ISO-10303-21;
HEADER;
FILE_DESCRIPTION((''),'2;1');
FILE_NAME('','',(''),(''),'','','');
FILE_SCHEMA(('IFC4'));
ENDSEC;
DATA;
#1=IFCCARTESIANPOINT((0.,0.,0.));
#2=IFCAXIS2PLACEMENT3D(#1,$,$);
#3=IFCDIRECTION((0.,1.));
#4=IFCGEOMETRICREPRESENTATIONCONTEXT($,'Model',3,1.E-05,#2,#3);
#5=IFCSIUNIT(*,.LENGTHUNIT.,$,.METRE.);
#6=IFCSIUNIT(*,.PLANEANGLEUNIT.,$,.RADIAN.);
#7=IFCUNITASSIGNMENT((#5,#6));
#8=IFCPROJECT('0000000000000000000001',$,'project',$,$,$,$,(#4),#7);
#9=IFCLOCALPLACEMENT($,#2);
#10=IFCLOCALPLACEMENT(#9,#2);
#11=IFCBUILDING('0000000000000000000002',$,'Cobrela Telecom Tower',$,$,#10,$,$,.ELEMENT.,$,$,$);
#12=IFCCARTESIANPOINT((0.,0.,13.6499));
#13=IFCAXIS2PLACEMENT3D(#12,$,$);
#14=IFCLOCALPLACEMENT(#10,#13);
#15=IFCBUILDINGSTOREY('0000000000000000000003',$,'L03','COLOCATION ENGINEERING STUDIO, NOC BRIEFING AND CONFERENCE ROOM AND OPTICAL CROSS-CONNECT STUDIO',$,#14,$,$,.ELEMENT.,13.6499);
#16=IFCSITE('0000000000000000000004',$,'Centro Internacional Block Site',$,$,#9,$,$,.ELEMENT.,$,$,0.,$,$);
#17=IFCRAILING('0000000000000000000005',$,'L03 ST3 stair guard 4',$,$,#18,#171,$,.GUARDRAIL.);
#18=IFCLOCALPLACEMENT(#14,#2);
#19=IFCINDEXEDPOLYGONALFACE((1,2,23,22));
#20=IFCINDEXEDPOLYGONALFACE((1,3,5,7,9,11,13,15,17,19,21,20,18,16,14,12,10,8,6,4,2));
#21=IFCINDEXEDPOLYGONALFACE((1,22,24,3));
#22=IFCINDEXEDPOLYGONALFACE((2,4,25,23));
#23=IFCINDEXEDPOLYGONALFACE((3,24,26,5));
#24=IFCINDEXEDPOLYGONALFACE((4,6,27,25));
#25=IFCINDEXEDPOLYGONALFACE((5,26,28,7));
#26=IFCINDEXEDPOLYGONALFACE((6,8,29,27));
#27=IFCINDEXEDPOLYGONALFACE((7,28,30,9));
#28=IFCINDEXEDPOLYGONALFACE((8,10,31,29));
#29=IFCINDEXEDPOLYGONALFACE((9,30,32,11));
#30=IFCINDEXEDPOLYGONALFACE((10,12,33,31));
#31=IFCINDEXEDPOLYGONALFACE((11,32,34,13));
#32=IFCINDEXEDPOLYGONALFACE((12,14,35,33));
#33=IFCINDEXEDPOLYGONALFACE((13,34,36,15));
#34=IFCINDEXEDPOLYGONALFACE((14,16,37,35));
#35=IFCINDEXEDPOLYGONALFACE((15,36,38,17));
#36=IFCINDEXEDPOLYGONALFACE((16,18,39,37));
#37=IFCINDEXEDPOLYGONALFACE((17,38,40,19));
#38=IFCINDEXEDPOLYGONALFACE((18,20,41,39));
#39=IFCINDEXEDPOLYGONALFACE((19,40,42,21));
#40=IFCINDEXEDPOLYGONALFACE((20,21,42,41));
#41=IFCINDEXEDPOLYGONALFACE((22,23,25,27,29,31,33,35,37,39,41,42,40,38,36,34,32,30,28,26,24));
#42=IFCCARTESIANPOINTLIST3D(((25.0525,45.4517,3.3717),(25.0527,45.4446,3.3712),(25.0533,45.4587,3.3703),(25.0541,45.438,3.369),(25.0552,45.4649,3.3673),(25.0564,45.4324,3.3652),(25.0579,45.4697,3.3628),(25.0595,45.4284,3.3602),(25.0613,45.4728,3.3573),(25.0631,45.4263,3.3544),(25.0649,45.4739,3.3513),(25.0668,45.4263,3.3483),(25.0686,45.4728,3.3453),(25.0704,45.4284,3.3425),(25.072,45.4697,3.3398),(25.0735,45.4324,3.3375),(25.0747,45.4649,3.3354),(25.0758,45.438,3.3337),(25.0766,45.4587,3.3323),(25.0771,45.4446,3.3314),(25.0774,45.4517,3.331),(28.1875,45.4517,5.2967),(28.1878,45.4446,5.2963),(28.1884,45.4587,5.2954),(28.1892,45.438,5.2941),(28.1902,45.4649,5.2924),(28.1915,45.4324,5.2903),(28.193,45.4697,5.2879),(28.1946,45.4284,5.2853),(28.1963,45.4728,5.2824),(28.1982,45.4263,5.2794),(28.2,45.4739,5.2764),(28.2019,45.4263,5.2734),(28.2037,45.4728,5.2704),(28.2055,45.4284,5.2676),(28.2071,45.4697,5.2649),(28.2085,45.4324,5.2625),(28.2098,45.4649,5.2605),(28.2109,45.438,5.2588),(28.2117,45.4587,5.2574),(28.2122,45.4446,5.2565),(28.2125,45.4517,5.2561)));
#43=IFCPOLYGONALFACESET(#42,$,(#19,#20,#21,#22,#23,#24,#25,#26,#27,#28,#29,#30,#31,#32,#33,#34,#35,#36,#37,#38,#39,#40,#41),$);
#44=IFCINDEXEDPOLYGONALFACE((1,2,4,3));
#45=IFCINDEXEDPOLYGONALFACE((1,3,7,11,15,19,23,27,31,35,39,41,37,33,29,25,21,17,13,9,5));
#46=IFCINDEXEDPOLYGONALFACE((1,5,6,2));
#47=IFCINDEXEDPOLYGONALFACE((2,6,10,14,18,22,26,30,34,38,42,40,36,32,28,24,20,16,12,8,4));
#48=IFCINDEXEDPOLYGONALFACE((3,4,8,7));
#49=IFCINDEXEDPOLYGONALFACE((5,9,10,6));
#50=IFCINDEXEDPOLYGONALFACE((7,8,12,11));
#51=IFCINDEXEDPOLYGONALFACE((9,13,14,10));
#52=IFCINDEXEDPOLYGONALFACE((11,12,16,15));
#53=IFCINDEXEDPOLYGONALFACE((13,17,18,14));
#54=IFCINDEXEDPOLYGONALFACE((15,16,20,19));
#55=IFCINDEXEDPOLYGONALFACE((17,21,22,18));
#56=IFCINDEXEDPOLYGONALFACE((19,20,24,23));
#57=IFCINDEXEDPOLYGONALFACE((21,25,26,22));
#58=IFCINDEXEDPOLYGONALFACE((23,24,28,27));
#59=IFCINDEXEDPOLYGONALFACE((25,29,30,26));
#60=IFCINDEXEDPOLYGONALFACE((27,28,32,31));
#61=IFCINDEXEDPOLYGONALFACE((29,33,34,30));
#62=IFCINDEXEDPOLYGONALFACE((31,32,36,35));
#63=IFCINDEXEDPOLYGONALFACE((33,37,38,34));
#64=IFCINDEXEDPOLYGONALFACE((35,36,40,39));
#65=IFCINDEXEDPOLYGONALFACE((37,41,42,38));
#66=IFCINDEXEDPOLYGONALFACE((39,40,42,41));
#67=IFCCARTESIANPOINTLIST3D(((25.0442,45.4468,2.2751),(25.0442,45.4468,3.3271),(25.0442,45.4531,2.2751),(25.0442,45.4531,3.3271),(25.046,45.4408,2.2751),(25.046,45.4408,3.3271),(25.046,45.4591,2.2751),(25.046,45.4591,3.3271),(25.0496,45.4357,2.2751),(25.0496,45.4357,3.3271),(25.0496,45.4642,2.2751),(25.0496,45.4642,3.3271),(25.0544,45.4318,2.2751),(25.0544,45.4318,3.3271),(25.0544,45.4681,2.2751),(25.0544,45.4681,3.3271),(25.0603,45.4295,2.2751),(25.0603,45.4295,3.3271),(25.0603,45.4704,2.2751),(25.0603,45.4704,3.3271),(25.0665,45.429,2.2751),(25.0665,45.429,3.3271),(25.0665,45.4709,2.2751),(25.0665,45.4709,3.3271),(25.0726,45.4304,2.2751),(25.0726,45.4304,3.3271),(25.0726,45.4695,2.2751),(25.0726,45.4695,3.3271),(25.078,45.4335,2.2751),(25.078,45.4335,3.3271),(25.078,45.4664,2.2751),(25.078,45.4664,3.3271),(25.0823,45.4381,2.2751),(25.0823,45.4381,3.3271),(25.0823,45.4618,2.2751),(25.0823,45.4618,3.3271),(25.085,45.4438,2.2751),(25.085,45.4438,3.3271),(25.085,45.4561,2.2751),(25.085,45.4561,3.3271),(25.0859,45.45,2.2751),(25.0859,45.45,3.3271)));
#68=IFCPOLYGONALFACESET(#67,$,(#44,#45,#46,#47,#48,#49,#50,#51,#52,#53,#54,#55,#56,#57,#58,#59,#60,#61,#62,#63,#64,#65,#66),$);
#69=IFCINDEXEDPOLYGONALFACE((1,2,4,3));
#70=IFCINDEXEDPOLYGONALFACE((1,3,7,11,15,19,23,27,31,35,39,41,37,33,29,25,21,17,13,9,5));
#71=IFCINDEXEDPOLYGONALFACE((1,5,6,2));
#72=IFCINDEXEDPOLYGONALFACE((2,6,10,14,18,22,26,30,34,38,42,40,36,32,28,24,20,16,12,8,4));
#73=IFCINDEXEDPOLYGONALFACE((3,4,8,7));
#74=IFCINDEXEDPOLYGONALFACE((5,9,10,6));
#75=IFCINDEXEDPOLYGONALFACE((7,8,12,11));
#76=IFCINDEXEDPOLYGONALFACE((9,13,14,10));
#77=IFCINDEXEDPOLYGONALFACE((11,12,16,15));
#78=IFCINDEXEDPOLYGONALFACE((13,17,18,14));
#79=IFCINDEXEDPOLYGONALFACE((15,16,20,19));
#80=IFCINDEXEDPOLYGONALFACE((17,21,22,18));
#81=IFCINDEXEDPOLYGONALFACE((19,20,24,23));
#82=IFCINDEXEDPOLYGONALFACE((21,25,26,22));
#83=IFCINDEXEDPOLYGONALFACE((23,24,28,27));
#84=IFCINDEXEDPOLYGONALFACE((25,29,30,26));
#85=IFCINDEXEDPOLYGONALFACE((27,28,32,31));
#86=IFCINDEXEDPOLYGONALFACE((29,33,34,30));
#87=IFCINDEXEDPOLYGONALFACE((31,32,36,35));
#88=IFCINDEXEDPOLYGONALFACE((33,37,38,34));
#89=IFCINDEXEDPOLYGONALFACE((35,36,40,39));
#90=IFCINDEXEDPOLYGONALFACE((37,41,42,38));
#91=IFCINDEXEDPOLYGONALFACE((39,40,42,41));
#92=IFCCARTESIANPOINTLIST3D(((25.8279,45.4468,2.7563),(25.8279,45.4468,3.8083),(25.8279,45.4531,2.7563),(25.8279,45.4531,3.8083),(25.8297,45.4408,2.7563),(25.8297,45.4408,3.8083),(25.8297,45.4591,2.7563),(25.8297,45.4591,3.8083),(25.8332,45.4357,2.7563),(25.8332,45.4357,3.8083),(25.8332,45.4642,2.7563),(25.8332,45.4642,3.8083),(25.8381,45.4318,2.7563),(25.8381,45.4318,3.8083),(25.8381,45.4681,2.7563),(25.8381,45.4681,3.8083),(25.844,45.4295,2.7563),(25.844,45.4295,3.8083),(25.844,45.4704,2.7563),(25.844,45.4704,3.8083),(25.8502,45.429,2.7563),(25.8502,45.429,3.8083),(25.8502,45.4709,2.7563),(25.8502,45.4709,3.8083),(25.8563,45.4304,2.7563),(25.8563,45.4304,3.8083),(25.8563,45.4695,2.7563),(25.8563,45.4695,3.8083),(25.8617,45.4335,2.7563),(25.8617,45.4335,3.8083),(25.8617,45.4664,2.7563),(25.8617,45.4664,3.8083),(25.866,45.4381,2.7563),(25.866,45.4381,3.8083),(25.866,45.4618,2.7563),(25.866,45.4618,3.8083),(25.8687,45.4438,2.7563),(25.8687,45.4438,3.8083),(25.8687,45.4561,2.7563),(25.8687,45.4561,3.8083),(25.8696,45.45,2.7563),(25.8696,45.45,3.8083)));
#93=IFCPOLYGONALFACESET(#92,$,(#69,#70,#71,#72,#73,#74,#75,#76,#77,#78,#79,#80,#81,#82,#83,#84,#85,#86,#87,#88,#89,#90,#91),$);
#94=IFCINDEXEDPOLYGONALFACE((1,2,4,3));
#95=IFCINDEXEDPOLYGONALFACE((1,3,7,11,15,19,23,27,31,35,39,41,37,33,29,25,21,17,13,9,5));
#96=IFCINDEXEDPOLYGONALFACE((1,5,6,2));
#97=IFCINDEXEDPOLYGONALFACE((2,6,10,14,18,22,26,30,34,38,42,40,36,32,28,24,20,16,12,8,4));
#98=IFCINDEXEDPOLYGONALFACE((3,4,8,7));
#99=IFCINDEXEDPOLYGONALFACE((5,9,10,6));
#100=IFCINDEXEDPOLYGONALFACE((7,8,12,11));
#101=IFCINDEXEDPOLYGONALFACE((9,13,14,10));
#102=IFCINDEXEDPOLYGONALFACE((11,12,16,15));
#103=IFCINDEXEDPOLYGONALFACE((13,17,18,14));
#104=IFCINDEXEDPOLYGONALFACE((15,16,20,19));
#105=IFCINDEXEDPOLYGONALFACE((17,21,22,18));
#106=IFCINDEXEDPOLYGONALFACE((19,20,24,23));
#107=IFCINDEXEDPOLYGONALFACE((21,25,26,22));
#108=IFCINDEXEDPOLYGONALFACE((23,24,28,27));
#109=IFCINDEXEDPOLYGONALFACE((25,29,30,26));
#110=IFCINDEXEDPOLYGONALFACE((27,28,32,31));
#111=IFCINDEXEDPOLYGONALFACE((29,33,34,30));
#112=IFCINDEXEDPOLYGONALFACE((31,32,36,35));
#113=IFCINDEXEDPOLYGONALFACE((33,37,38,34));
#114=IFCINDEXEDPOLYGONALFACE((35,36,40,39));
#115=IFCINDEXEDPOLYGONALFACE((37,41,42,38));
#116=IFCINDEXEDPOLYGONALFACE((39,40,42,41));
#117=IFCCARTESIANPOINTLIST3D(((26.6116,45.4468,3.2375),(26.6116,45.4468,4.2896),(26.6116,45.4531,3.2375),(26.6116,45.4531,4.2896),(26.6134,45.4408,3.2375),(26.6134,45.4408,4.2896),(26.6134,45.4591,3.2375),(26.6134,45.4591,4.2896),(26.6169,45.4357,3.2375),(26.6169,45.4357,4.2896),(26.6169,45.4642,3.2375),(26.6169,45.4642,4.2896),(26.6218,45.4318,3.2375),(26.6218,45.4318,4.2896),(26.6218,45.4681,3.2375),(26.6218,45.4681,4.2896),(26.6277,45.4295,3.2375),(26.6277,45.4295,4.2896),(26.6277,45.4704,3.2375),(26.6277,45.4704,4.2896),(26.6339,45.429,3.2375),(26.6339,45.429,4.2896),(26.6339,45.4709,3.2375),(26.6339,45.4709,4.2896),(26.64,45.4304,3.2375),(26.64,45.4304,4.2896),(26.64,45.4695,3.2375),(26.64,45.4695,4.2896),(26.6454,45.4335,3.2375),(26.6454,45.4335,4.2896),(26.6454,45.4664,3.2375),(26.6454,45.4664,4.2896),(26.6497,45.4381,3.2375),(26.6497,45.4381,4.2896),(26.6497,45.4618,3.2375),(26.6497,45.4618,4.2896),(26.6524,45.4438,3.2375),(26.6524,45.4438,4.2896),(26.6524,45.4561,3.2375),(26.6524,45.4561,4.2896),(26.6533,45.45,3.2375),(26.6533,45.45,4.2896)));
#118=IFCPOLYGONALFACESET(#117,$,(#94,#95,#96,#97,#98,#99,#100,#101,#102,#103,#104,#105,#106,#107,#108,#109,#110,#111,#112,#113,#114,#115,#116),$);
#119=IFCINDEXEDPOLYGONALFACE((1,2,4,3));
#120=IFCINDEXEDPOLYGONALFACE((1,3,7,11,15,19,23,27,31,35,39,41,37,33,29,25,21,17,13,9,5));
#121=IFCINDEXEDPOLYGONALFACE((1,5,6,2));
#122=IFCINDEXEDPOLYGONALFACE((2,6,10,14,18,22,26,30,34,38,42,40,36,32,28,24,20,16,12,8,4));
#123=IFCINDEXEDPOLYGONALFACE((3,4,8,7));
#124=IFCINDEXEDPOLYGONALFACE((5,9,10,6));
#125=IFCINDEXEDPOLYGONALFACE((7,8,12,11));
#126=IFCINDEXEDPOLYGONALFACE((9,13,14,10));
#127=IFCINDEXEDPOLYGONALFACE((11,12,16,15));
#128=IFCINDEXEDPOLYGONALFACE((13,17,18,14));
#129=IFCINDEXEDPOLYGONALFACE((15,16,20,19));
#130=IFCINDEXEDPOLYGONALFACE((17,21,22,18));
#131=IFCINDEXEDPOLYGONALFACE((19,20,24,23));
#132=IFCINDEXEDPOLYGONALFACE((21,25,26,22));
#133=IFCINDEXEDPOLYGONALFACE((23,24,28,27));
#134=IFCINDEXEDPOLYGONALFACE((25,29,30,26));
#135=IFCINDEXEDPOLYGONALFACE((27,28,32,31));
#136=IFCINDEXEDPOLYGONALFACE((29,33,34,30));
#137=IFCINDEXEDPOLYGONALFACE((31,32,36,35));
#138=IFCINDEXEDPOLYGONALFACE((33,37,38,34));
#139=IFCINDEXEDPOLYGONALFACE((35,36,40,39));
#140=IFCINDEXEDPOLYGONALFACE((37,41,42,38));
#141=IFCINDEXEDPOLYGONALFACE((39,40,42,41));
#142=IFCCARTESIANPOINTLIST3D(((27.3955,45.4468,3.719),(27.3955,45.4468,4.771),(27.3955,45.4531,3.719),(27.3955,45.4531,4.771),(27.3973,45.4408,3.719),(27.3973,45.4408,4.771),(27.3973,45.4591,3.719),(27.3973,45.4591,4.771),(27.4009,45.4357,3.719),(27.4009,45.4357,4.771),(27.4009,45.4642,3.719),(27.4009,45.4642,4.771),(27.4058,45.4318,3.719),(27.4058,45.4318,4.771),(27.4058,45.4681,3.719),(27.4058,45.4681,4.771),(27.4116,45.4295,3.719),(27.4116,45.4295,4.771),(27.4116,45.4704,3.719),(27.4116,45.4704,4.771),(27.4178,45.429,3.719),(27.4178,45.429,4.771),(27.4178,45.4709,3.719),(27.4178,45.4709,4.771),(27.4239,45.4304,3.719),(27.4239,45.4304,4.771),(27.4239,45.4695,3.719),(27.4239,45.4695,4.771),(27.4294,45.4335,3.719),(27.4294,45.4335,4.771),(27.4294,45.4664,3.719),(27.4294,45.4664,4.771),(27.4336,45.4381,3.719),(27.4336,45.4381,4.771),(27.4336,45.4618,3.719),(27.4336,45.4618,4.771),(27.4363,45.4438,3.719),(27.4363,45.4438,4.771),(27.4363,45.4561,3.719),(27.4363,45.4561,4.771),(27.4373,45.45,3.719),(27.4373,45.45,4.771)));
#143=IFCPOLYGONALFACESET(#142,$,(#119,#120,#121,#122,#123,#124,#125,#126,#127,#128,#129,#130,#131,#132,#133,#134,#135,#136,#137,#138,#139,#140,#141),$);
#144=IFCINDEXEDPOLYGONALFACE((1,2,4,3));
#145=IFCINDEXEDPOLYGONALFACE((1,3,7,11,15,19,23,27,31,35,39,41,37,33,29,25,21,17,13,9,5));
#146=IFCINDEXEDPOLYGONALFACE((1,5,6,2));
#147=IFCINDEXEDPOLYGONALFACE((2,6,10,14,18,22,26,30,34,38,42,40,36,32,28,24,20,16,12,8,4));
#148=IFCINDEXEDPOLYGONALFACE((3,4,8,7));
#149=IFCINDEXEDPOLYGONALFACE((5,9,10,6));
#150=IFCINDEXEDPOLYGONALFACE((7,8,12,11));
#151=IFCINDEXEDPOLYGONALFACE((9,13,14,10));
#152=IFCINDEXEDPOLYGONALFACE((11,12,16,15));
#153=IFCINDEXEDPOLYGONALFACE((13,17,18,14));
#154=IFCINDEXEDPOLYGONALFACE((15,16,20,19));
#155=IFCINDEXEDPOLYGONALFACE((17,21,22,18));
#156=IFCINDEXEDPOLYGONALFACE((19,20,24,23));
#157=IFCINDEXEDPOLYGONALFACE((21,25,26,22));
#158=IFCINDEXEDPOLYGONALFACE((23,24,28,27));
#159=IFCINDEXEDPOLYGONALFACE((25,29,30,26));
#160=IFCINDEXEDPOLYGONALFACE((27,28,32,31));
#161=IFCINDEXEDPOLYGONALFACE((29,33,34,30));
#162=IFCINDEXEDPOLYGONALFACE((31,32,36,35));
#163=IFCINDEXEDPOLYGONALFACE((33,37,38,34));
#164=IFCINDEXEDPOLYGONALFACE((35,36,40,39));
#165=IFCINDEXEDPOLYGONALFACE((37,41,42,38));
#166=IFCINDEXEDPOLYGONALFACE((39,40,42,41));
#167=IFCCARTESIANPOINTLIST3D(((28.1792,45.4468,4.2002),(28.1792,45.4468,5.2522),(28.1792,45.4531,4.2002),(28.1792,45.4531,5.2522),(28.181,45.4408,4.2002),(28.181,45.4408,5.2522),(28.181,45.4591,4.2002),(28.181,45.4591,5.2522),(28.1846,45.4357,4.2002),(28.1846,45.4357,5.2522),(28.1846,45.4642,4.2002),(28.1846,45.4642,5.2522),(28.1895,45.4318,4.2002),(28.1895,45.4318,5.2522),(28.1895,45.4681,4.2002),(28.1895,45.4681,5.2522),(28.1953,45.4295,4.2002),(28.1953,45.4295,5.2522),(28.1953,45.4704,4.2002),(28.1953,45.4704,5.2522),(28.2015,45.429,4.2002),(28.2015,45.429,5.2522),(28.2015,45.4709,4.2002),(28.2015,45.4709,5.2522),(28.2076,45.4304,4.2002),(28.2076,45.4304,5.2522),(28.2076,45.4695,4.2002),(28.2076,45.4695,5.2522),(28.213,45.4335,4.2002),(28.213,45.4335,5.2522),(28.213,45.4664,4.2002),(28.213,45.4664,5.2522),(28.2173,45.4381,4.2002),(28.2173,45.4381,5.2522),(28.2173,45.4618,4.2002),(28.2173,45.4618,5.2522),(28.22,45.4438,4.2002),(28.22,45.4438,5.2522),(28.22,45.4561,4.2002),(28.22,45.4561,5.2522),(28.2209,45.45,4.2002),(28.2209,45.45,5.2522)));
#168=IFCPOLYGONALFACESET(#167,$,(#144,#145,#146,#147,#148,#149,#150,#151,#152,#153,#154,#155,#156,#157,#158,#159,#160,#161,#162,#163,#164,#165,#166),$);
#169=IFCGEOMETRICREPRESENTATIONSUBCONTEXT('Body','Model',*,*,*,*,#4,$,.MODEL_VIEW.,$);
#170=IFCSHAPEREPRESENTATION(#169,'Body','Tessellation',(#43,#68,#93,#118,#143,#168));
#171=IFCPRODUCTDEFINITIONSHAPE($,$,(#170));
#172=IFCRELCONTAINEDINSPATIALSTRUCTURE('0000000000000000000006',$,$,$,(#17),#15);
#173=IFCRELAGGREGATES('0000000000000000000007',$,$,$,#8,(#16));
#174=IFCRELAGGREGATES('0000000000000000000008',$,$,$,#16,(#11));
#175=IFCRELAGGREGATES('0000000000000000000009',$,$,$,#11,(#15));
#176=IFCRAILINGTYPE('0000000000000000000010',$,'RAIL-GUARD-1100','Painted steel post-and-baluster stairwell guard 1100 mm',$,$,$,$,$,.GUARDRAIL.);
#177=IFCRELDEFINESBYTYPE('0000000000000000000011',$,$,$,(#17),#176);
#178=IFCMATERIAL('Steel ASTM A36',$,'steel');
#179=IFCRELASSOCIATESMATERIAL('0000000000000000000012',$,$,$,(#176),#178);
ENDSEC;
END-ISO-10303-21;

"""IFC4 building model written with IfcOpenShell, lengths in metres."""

from ifc_helpers import new_model, si_unit, direction, frame, origin, origin_2d, place, context, subcontext, project, spatial, circle, extrude, material, type_object, element, save


model = new_model("IFC4")

# Units and contexts
model_context = context("Model", 3, precision=1e-05, world=origin(), true_north=direction((0.0, 1.0)))
body_context = subcontext(model_context, "Body", "Model", "MODEL_VIEW")
ifc_project = project(units=[si_unit("LENGTHUNIT", "METRE"), si_unit("PLANEANGLEUNIT", "RADIAN")], contexts=[model_context])

# Site, building, storey
site_placement = place(None, origin())
site = spatial("IfcSite", under=ifc_project, at=site_placement, Name="Centro Internacional Block Site", CompositionType="ELEMENT", RefElevation=0.0)
building_placement = place(site_placement, origin())
building = spatial("IfcBuilding", under=site, at=building_placement, Name="Cobrela Telecom Tower", CompositionType="ELEMENT")
storey_placement = place(building_placement, frame((0.0, 0.0, 13.6499)))
storey = spatial("IfcBuildingStorey", under=building, at=storey_placement, Name="L03", Description="COLOCATION ENGINEERING STUDIO, NOC BRIEFING AND CONFERENCE ROOM AND OPTICAL CROSS-CONNECT STUDIO", CompositionType="ELEMENT", Elevation=13.6499)

# Shared definitions
ifc_material_1 = material(Name="Steel ASTM A36", Category="steel")

# Railing
railing_type_1 = type_object("IfcRailingType", Name="RAIL-GUARD-1100", Description="Painted steel post-and-baluster stairwell guard 1100 mm", PredefinedType="GUARDRAIL", material=ifc_material_1)
railing_1_placement = place(storey_placement, frame((25.0649, 45.45, 2.2751)))
element("IfcRailing", 1, at=railing_1_placement, inside=storey, type_object=railing_type_1, Name="L03 ST3 stair guard 4", PredefinedType="GUARDRAIL", context=body_context, shape_type="SweptSolid", body=[
    extrude(circle(Radius=0.0239, at=origin_2d()), frame((0.0, 0.0, 1.0762), z_axis=(0.852166, 0.0, 0.523271), x_axis=(0.0, 1.0, 0.0)), (0.0, 0.0, 1.0), 3.679),
    extrude(circle(Radius=0.021, at=origin_2d()), origin(), (0.0, 0.0, 1.0), 1.052),
    extrude(circle(Radius=0.021, at=origin_2d()), frame((0.7837, 0.0, 0.4812)), (0.0, 0.0, 1.0), 1.052),
    extrude(circle(Radius=0.021, at=origin_2d()), frame((1.5674, 0.0, 0.9624)), (0.0, 0.0, 1.0), 1.052),
    extrude(circle(Radius=0.021, at=origin_2d()), frame((2.3513, 0.0, 1.4438)), (0.0, 0.0, 1.0), 1.052),
    extrude(circle(Radius=0.021, at=origin_2d()), frame((3.135, 0.0, 1.925)), (0.0, 0.0, 1.0), 1.052),
])

save(model, "model.ifc")
